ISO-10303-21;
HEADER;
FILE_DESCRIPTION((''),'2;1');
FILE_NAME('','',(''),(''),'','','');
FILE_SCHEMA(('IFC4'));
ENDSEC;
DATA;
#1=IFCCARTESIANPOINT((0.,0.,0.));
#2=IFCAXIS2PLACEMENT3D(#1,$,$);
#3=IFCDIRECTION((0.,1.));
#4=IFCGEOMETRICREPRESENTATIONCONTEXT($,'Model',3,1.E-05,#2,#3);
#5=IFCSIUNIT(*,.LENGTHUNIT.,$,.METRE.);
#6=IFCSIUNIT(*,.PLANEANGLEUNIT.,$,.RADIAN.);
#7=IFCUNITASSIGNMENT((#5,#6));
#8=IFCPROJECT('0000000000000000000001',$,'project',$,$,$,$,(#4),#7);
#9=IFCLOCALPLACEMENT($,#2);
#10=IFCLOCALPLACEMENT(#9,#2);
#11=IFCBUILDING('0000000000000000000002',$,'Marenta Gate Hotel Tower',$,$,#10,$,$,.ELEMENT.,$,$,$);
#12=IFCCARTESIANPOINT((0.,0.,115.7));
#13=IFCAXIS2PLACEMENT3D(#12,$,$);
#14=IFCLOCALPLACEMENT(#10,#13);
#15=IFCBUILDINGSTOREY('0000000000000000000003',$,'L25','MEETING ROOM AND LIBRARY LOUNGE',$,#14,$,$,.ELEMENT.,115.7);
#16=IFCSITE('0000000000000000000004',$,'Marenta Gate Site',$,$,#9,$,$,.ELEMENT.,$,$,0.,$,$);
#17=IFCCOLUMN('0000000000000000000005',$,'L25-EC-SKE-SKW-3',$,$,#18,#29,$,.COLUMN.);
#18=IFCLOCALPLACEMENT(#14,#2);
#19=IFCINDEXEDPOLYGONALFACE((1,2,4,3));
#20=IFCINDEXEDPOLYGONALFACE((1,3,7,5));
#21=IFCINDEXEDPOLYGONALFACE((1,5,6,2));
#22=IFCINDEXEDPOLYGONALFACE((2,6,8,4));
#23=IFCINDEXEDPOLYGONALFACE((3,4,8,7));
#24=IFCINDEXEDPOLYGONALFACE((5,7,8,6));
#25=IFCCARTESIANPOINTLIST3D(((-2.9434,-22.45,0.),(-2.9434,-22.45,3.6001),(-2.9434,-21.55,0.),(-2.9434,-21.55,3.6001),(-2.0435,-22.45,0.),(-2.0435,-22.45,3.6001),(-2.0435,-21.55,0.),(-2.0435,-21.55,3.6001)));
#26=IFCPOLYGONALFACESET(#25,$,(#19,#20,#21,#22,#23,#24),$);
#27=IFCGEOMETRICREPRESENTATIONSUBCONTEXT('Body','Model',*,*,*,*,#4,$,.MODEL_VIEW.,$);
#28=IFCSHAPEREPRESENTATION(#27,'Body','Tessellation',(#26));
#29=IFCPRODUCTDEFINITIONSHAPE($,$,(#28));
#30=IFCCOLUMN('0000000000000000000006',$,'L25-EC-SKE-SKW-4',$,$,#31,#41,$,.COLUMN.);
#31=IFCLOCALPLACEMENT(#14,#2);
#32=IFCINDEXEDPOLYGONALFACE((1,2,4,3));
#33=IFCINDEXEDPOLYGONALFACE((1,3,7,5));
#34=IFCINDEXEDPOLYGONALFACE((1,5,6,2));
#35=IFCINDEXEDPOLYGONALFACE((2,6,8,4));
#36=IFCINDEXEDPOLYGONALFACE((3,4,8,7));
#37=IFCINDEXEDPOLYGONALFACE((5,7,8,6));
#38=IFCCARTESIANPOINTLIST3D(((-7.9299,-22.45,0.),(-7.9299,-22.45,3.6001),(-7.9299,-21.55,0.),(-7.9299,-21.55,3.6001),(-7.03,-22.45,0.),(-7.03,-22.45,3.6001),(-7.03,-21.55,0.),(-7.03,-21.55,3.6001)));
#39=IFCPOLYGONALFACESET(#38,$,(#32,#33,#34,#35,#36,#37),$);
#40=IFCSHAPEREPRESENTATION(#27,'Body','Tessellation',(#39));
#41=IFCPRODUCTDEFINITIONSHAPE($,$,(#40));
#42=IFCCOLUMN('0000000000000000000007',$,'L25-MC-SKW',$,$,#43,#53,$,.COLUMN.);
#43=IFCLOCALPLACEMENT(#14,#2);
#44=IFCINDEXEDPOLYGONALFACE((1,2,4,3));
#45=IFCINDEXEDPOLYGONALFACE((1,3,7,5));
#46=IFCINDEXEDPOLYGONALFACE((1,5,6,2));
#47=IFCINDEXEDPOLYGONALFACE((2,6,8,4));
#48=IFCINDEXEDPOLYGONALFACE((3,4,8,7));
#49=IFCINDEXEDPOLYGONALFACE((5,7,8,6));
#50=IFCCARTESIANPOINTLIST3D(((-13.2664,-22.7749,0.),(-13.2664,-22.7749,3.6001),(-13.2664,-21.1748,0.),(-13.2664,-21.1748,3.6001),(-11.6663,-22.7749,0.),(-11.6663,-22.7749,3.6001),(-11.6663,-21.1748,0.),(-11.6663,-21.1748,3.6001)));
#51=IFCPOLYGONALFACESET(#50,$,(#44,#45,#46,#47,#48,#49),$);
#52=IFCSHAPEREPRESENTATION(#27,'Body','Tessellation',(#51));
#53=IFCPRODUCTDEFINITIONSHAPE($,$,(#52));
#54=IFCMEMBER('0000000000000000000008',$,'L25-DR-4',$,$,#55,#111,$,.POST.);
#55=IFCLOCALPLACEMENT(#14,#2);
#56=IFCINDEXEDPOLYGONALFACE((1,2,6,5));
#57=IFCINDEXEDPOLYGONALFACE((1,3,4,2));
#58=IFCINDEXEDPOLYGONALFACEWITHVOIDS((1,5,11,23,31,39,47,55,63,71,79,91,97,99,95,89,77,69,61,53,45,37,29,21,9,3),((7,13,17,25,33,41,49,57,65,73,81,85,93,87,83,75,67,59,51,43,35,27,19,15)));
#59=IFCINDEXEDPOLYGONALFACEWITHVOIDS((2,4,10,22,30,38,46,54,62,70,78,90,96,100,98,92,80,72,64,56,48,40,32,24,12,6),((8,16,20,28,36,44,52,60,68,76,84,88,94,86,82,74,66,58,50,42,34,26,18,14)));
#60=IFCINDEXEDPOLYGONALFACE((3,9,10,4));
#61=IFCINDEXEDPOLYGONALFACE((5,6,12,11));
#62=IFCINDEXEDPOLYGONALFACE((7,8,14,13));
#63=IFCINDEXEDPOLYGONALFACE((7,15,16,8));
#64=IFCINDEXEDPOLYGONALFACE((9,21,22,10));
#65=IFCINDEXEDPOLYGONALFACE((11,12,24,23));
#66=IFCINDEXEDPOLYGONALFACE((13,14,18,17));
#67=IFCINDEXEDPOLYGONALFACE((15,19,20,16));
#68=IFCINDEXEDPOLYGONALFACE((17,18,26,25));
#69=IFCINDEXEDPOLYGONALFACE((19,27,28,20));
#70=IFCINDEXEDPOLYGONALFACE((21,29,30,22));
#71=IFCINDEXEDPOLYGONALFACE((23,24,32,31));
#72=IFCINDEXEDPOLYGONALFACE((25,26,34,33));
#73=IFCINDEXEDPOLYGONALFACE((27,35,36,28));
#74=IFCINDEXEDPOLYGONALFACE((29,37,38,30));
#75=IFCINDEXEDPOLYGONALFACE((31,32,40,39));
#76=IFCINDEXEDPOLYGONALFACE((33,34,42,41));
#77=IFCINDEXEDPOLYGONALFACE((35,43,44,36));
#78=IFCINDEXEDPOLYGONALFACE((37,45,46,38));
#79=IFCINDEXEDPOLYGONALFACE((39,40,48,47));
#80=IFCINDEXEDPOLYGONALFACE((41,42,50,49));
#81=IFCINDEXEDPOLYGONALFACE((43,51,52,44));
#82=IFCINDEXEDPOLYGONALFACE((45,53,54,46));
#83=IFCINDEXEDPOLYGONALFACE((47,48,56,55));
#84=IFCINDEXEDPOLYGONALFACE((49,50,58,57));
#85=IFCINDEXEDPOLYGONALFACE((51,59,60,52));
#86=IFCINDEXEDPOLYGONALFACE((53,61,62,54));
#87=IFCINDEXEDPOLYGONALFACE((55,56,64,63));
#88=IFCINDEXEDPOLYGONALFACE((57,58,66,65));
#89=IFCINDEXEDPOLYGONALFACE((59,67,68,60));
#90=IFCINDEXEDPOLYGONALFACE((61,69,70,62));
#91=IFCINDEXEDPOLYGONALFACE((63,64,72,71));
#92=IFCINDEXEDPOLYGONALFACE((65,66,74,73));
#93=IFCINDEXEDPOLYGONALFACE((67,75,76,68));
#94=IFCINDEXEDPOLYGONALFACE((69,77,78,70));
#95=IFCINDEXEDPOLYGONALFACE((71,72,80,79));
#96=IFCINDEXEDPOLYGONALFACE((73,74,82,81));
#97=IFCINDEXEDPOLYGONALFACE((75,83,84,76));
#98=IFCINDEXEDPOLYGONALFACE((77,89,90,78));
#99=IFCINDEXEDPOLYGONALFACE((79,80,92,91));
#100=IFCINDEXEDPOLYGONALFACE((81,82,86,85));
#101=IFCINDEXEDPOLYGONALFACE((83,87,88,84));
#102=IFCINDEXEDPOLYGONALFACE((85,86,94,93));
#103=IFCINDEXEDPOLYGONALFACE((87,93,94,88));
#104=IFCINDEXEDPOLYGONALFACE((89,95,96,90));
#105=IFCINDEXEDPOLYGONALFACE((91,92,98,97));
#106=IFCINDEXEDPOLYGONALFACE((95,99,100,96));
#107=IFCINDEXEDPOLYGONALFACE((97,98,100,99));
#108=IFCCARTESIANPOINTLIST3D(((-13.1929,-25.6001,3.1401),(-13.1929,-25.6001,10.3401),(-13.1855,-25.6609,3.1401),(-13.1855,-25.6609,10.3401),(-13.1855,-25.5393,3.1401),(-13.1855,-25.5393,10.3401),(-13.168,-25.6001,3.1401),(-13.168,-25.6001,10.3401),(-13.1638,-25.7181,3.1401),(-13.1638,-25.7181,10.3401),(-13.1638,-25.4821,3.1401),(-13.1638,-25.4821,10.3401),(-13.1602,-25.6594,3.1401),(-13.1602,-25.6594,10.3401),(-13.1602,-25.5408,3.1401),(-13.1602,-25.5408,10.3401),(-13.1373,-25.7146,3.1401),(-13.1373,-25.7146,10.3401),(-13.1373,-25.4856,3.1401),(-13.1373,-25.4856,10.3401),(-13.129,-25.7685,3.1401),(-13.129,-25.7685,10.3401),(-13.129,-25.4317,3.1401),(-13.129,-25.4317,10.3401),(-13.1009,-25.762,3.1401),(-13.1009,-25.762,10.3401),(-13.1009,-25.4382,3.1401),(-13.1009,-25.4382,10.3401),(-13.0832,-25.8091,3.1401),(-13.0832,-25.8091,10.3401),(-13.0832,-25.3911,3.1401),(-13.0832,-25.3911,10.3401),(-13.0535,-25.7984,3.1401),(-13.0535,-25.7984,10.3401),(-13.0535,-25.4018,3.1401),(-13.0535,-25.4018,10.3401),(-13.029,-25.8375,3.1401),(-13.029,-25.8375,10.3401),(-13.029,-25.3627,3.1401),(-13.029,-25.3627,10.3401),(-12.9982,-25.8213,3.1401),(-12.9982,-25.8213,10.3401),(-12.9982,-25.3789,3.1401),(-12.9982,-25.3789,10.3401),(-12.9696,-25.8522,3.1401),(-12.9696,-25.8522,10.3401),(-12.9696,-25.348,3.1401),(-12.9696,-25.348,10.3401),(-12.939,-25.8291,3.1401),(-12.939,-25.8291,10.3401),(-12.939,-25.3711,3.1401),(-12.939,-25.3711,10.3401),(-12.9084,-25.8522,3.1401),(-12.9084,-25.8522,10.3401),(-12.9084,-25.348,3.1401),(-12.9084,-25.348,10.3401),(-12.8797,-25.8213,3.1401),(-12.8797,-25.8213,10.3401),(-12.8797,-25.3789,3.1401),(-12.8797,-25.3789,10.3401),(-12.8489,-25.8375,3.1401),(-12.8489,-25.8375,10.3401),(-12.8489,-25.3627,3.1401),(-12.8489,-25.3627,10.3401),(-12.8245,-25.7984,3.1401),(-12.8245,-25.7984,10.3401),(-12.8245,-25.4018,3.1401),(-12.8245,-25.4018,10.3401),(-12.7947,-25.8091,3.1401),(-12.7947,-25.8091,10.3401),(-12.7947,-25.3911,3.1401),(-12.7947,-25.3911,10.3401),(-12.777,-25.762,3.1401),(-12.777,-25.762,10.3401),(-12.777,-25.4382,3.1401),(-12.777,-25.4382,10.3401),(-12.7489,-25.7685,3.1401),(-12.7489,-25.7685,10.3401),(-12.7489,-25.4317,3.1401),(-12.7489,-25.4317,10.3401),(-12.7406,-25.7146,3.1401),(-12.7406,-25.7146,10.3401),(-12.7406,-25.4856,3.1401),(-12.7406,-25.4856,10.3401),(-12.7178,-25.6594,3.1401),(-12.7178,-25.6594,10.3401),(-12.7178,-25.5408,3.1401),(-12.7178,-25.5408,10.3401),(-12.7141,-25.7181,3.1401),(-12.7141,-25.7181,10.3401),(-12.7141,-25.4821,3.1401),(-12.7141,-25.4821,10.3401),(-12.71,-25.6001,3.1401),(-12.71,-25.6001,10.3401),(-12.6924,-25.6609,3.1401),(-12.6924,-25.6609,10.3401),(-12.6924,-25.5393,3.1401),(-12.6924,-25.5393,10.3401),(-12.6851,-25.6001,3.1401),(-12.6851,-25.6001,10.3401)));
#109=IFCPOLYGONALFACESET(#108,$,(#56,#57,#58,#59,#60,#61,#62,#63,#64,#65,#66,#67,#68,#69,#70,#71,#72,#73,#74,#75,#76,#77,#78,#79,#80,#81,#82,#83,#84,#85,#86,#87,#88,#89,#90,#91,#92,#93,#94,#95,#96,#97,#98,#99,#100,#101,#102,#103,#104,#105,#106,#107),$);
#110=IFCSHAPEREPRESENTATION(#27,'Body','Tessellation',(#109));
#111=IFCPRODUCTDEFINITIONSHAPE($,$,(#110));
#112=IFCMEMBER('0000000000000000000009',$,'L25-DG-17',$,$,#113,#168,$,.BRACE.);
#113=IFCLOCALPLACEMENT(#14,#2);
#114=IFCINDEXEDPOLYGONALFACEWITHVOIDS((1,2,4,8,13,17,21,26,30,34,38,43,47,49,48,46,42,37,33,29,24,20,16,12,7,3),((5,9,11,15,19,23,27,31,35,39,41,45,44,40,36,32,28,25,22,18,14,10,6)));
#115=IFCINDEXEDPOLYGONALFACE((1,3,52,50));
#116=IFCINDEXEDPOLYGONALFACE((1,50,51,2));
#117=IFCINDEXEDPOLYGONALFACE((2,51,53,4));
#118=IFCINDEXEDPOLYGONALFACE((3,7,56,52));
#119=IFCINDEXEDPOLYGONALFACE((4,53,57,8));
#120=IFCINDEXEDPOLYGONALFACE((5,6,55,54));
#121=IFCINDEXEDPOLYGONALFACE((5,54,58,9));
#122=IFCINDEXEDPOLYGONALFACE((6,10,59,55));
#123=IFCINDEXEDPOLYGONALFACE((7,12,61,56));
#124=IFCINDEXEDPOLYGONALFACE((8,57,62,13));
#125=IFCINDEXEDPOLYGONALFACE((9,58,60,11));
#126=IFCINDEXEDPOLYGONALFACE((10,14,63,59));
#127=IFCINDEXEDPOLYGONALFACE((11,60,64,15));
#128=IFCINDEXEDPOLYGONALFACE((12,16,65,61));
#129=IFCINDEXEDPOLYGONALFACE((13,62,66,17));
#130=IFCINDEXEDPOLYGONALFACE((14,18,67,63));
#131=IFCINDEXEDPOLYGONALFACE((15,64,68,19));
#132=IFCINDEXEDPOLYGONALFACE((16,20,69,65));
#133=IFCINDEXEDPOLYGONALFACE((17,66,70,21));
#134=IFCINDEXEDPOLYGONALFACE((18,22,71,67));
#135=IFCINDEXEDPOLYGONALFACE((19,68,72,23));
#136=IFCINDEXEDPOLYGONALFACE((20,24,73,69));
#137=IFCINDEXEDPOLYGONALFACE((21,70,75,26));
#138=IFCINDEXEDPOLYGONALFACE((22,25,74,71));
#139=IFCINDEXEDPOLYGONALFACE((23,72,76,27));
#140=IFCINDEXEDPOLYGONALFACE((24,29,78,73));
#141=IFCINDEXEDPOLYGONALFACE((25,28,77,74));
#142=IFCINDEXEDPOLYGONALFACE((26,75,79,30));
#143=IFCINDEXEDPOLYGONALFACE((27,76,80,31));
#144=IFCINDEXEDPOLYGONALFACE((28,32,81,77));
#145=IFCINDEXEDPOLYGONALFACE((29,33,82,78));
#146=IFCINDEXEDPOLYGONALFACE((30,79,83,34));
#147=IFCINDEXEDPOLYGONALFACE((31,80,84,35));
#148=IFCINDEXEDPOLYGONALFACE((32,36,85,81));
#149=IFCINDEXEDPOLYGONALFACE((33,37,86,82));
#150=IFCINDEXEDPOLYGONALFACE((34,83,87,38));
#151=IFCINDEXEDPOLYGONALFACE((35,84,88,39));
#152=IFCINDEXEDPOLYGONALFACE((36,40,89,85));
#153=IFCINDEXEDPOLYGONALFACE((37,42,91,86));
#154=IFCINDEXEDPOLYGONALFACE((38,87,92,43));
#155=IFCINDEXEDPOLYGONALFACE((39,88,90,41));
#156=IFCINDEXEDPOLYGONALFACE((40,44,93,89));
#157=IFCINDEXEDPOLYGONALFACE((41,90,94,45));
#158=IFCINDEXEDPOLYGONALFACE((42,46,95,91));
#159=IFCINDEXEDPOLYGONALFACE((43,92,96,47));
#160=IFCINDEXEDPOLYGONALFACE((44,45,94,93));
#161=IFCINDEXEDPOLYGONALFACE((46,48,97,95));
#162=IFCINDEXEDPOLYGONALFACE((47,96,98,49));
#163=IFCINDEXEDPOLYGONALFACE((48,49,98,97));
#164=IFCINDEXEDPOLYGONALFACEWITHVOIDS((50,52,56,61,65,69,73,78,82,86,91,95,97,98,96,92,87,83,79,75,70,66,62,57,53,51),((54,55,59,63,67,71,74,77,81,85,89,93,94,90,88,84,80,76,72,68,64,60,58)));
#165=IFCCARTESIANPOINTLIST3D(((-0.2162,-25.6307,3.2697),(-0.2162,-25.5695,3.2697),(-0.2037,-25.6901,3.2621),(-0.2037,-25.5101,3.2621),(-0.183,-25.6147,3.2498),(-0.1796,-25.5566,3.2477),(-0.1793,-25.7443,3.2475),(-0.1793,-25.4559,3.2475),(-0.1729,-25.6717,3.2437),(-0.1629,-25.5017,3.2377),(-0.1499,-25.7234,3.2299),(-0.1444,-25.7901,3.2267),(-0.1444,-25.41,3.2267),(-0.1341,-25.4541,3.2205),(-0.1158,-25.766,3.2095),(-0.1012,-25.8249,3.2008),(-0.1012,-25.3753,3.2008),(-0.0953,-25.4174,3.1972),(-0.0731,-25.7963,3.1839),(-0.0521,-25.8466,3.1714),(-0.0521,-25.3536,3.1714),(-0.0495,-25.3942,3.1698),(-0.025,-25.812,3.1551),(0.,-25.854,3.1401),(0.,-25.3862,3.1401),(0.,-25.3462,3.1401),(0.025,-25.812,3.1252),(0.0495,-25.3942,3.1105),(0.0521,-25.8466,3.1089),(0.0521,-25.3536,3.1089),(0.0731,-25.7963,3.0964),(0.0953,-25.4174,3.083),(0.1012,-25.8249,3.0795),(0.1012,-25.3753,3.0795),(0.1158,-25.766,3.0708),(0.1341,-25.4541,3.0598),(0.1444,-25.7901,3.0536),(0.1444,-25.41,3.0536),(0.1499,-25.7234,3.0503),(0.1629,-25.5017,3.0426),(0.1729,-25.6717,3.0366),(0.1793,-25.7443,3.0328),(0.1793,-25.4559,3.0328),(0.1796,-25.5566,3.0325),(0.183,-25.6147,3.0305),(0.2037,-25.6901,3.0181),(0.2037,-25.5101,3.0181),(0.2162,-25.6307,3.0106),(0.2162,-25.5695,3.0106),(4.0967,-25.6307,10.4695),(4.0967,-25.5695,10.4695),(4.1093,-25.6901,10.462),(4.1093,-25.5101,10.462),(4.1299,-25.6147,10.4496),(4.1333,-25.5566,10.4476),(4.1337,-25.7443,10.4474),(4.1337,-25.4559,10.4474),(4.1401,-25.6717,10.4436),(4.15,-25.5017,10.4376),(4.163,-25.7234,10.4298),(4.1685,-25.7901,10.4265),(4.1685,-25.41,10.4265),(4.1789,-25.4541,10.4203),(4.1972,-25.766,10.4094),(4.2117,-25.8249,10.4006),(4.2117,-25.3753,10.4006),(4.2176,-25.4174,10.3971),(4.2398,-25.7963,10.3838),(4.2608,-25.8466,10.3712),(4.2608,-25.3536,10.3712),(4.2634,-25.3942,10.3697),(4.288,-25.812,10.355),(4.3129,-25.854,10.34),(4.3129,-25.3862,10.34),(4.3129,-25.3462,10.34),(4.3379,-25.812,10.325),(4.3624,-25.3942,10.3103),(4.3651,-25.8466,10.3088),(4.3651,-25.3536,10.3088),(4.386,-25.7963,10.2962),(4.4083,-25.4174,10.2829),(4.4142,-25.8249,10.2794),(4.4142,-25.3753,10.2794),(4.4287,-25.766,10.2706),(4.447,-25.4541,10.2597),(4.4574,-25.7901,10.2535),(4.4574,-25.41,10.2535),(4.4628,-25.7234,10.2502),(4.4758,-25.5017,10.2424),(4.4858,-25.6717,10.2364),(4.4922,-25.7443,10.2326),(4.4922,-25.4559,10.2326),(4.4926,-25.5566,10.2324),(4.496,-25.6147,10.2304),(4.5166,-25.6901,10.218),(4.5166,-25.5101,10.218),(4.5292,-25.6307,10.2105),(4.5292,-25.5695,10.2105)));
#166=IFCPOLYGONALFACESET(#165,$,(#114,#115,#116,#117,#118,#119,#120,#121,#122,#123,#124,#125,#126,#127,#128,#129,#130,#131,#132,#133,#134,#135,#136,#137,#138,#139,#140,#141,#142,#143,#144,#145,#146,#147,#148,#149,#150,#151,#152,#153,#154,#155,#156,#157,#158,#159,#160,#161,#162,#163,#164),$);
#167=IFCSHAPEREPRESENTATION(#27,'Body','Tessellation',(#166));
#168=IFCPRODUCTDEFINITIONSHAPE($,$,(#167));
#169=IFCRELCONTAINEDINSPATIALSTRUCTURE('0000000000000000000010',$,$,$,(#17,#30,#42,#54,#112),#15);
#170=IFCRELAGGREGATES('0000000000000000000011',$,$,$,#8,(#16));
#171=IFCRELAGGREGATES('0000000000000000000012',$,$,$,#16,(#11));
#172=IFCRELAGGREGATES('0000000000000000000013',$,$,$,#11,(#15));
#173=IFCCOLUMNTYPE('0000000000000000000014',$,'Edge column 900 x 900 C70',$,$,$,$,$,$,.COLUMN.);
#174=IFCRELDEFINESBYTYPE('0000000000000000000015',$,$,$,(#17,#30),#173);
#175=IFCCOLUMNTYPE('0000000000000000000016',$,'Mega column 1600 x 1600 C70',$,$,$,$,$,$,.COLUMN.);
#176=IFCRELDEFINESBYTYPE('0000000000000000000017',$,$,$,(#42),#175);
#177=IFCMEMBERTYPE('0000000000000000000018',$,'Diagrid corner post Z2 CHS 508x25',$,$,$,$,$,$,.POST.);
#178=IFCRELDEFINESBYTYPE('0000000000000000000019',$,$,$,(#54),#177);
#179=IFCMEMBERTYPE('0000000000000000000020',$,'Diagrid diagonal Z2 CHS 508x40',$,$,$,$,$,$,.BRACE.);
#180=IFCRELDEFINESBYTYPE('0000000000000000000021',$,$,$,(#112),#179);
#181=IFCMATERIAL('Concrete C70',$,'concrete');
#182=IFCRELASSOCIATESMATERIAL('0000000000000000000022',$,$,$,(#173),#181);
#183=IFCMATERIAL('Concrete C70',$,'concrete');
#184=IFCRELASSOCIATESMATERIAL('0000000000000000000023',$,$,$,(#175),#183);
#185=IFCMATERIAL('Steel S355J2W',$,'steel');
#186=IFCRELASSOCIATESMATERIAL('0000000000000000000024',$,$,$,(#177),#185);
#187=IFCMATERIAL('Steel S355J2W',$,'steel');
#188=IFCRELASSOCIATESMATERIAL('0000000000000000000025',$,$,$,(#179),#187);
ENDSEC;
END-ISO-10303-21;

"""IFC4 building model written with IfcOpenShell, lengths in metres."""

from ifc_helpers import new_model, si_unit, direction, frame, origin, origin_2d, place, context, subcontext, project, spatial, rectangle, hollow_circle, extrude, material, material_profile, profile_set, type_object, element, save


model = new_model("IFC4")

# Units and contexts
model_context = context("Model", 3, precision=1e-05, world=origin(), true_north=direction((0.0, 1.0)))
body_context = subcontext(model_context, "Body", "Model", "MODEL_VIEW")
ifc_project = project(units=[si_unit("LENGTHUNIT", "METRE"), si_unit("PLANEANGLEUNIT", "RADIAN")], contexts=[model_context])

# Site, building, storey
site_placement = place(None, origin())
site = spatial("IfcSite", under=ifc_project, at=site_placement, Name="Marenta Gate Site", CompositionType="ELEMENT", RefElevation=0.0)
building_placement = place(site_placement, origin())
building = spatial("IfcBuilding", under=site, at=building_placement, Name="Marenta Gate Hotel Tower", CompositionType="ELEMENT")
storey_placement = place(building_placement, frame((0.0, 0.0, 115.7)))
storey = spatial("IfcBuildingStorey", under=building, at=storey_placement, Name="L25", Description="MEETING ROOM AND LIBRARY LOUNGE", CompositionType="ELEMENT", Elevation=115.7)

# Columns
ifc_material_1 = material(Name="Concrete C70", Category="concrete")
ifc_material_profile_1 = material_profile(ifc_material_1, rectangle(XDim=0.8999, YDim=0.8999, at=origin_2d()), Name="900 x 900")
ifc_profile_set_1 = profile_set([ifc_material_profile_1], Name="Concrete C70")
column_type_1 = type_object("IfcColumnType", Name="Edge column 900 x 900 C70", PredefinedType="COLUMN", material=ifc_profile_set_1)
for number, where, z_axis, x_axis, name in (
    (1, (-2.4934, -22.0, 0.0), (0.0, 0.0, 1.0), (1.0, 0.0, 0.0), "L25-EC-SKE-SKW-3"),
    (2, (-7.48, -22.0, 0.0), (0.0, 0.0, 1.0), (1.0, 0.0, 0.0), "L25-EC-SKE-SKW-4"),
):
    element("IfcColumn", number, at=place(storey_placement, frame(where, z_axis=z_axis, x_axis=x_axis)), inside=storey, type_object=column_type_1, Name=name, PredefinedType="COLUMN", context=body_context, shape_type="SweptSolid", body=[
        extrude(rectangle(XDim=0.8999, YDim=0.8999, at=origin_2d()), origin(), (0.0, 0.0, 1.0), 3.6001),
    ])
ifc_material_2 = material(Name="Concrete C70", Category="concrete")
ifc_material_profile_2 = material_profile(ifc_material_2, rectangle(XDim=1.6001, YDim=1.6001, at=origin_2d()), Name="1600 x 1600")
ifc_profile_set_2 = profile_set([ifc_material_profile_2], Name="Concrete C70")
column_type_2 = type_object("IfcColumnType", Name="Mega column 1600 x 1600 C70", PredefinedType="COLUMN", material=ifc_profile_set_2)
column_placement = place(storey_placement, frame((-12.4663, -21.9749, 0.0), z_axis=(0.0, 0.0, 1.0), x_axis=(1.0, 0.0, 0.0)))
element("IfcColumn", 3, at=column_placement, inside=storey, type_object=column_type_2, Name="L25-MC-SKW", PredefinedType="COLUMN", context=body_context, shape_type="SweptSolid", body=[
    extrude(rectangle(XDim=1.6001, YDim=1.6001, at=origin_2d()), origin(), (0.0, 0.0, 1.0), 3.6001),
])

# Members
ifc_material_3 = material(Name="Steel S355J2W", Category="steel")
ifc_material_profile_3 = material_profile(ifc_material_3, hollow_circle(Radius=0.2539, WallThickness=0.0249, at=origin_2d()), Name="CHS 508x25")
ifc_profile_set_3 = profile_set([ifc_material_profile_3], Name="Steel S355J2W")
member_type_1 = type_object("IfcMemberType", Name="Diagrid corner post Z2 CHS 508x25", PredefinedType="POST", material=ifc_profile_set_3)
member_1_placement = place(storey_placement, frame((-12.939, -25.6001, 3.1401), z_axis=(0.0, 0.0, 1.0), x_axis=(1.0, 0.0, 0.0)))
element("IfcMember", 4, at=member_1_placement, inside=storey, type_object=member_type_1, Name="L25-DR-4", PredefinedType="POST", context=body_context, shape_type="SweptSolid", body=[
    extrude(hollow_circle(Radius=0.2539, WallThickness=0.0249, at=origin_2d()), origin(), (0.0, 0.0, 1.0), 7.2),
])
ifc_material_4 = material(Name="Steel S355J2W", Category="steel")
ifc_material_profile_4 = material_profile(ifc_material_4, hollow_circle(Radius=0.2539, WallThickness=0.04, at=origin_2d()), Name="CHS 508x40")
ifc_profile_set_4 = profile_set([ifc_material_profile_4], Name="Steel S355J2W")
member_type_2 = type_object("IfcMemberType", Name="Diagrid diagonal Z2 CHS 508x40", PredefinedType="BRACE", material=ifc_profile_set_4)
for number, where, z_axis, x_axis, name in (
    (5, (0.0, -25.6001, 3.1401), (0.513884, 0.0, 0.85786), (0.0, 1.0, 0.0), "L25-DG-17"),
):
    element("IfcMember", number, at=place(storey_placement, frame(where, z_axis=z_axis, x_axis=x_axis)), inside=storey, type_object=member_type_2, Name=name, PredefinedType="BRACE", context=body_context, shape_type="SweptSolid", body=[
        extrude(hollow_circle(Radius=0.2539, WallThickness=0.04, at=origin_2d()), origin(), (0.0, 0.0, 1.0), 8.3928),
    ])

save(model, "model.ifc")
